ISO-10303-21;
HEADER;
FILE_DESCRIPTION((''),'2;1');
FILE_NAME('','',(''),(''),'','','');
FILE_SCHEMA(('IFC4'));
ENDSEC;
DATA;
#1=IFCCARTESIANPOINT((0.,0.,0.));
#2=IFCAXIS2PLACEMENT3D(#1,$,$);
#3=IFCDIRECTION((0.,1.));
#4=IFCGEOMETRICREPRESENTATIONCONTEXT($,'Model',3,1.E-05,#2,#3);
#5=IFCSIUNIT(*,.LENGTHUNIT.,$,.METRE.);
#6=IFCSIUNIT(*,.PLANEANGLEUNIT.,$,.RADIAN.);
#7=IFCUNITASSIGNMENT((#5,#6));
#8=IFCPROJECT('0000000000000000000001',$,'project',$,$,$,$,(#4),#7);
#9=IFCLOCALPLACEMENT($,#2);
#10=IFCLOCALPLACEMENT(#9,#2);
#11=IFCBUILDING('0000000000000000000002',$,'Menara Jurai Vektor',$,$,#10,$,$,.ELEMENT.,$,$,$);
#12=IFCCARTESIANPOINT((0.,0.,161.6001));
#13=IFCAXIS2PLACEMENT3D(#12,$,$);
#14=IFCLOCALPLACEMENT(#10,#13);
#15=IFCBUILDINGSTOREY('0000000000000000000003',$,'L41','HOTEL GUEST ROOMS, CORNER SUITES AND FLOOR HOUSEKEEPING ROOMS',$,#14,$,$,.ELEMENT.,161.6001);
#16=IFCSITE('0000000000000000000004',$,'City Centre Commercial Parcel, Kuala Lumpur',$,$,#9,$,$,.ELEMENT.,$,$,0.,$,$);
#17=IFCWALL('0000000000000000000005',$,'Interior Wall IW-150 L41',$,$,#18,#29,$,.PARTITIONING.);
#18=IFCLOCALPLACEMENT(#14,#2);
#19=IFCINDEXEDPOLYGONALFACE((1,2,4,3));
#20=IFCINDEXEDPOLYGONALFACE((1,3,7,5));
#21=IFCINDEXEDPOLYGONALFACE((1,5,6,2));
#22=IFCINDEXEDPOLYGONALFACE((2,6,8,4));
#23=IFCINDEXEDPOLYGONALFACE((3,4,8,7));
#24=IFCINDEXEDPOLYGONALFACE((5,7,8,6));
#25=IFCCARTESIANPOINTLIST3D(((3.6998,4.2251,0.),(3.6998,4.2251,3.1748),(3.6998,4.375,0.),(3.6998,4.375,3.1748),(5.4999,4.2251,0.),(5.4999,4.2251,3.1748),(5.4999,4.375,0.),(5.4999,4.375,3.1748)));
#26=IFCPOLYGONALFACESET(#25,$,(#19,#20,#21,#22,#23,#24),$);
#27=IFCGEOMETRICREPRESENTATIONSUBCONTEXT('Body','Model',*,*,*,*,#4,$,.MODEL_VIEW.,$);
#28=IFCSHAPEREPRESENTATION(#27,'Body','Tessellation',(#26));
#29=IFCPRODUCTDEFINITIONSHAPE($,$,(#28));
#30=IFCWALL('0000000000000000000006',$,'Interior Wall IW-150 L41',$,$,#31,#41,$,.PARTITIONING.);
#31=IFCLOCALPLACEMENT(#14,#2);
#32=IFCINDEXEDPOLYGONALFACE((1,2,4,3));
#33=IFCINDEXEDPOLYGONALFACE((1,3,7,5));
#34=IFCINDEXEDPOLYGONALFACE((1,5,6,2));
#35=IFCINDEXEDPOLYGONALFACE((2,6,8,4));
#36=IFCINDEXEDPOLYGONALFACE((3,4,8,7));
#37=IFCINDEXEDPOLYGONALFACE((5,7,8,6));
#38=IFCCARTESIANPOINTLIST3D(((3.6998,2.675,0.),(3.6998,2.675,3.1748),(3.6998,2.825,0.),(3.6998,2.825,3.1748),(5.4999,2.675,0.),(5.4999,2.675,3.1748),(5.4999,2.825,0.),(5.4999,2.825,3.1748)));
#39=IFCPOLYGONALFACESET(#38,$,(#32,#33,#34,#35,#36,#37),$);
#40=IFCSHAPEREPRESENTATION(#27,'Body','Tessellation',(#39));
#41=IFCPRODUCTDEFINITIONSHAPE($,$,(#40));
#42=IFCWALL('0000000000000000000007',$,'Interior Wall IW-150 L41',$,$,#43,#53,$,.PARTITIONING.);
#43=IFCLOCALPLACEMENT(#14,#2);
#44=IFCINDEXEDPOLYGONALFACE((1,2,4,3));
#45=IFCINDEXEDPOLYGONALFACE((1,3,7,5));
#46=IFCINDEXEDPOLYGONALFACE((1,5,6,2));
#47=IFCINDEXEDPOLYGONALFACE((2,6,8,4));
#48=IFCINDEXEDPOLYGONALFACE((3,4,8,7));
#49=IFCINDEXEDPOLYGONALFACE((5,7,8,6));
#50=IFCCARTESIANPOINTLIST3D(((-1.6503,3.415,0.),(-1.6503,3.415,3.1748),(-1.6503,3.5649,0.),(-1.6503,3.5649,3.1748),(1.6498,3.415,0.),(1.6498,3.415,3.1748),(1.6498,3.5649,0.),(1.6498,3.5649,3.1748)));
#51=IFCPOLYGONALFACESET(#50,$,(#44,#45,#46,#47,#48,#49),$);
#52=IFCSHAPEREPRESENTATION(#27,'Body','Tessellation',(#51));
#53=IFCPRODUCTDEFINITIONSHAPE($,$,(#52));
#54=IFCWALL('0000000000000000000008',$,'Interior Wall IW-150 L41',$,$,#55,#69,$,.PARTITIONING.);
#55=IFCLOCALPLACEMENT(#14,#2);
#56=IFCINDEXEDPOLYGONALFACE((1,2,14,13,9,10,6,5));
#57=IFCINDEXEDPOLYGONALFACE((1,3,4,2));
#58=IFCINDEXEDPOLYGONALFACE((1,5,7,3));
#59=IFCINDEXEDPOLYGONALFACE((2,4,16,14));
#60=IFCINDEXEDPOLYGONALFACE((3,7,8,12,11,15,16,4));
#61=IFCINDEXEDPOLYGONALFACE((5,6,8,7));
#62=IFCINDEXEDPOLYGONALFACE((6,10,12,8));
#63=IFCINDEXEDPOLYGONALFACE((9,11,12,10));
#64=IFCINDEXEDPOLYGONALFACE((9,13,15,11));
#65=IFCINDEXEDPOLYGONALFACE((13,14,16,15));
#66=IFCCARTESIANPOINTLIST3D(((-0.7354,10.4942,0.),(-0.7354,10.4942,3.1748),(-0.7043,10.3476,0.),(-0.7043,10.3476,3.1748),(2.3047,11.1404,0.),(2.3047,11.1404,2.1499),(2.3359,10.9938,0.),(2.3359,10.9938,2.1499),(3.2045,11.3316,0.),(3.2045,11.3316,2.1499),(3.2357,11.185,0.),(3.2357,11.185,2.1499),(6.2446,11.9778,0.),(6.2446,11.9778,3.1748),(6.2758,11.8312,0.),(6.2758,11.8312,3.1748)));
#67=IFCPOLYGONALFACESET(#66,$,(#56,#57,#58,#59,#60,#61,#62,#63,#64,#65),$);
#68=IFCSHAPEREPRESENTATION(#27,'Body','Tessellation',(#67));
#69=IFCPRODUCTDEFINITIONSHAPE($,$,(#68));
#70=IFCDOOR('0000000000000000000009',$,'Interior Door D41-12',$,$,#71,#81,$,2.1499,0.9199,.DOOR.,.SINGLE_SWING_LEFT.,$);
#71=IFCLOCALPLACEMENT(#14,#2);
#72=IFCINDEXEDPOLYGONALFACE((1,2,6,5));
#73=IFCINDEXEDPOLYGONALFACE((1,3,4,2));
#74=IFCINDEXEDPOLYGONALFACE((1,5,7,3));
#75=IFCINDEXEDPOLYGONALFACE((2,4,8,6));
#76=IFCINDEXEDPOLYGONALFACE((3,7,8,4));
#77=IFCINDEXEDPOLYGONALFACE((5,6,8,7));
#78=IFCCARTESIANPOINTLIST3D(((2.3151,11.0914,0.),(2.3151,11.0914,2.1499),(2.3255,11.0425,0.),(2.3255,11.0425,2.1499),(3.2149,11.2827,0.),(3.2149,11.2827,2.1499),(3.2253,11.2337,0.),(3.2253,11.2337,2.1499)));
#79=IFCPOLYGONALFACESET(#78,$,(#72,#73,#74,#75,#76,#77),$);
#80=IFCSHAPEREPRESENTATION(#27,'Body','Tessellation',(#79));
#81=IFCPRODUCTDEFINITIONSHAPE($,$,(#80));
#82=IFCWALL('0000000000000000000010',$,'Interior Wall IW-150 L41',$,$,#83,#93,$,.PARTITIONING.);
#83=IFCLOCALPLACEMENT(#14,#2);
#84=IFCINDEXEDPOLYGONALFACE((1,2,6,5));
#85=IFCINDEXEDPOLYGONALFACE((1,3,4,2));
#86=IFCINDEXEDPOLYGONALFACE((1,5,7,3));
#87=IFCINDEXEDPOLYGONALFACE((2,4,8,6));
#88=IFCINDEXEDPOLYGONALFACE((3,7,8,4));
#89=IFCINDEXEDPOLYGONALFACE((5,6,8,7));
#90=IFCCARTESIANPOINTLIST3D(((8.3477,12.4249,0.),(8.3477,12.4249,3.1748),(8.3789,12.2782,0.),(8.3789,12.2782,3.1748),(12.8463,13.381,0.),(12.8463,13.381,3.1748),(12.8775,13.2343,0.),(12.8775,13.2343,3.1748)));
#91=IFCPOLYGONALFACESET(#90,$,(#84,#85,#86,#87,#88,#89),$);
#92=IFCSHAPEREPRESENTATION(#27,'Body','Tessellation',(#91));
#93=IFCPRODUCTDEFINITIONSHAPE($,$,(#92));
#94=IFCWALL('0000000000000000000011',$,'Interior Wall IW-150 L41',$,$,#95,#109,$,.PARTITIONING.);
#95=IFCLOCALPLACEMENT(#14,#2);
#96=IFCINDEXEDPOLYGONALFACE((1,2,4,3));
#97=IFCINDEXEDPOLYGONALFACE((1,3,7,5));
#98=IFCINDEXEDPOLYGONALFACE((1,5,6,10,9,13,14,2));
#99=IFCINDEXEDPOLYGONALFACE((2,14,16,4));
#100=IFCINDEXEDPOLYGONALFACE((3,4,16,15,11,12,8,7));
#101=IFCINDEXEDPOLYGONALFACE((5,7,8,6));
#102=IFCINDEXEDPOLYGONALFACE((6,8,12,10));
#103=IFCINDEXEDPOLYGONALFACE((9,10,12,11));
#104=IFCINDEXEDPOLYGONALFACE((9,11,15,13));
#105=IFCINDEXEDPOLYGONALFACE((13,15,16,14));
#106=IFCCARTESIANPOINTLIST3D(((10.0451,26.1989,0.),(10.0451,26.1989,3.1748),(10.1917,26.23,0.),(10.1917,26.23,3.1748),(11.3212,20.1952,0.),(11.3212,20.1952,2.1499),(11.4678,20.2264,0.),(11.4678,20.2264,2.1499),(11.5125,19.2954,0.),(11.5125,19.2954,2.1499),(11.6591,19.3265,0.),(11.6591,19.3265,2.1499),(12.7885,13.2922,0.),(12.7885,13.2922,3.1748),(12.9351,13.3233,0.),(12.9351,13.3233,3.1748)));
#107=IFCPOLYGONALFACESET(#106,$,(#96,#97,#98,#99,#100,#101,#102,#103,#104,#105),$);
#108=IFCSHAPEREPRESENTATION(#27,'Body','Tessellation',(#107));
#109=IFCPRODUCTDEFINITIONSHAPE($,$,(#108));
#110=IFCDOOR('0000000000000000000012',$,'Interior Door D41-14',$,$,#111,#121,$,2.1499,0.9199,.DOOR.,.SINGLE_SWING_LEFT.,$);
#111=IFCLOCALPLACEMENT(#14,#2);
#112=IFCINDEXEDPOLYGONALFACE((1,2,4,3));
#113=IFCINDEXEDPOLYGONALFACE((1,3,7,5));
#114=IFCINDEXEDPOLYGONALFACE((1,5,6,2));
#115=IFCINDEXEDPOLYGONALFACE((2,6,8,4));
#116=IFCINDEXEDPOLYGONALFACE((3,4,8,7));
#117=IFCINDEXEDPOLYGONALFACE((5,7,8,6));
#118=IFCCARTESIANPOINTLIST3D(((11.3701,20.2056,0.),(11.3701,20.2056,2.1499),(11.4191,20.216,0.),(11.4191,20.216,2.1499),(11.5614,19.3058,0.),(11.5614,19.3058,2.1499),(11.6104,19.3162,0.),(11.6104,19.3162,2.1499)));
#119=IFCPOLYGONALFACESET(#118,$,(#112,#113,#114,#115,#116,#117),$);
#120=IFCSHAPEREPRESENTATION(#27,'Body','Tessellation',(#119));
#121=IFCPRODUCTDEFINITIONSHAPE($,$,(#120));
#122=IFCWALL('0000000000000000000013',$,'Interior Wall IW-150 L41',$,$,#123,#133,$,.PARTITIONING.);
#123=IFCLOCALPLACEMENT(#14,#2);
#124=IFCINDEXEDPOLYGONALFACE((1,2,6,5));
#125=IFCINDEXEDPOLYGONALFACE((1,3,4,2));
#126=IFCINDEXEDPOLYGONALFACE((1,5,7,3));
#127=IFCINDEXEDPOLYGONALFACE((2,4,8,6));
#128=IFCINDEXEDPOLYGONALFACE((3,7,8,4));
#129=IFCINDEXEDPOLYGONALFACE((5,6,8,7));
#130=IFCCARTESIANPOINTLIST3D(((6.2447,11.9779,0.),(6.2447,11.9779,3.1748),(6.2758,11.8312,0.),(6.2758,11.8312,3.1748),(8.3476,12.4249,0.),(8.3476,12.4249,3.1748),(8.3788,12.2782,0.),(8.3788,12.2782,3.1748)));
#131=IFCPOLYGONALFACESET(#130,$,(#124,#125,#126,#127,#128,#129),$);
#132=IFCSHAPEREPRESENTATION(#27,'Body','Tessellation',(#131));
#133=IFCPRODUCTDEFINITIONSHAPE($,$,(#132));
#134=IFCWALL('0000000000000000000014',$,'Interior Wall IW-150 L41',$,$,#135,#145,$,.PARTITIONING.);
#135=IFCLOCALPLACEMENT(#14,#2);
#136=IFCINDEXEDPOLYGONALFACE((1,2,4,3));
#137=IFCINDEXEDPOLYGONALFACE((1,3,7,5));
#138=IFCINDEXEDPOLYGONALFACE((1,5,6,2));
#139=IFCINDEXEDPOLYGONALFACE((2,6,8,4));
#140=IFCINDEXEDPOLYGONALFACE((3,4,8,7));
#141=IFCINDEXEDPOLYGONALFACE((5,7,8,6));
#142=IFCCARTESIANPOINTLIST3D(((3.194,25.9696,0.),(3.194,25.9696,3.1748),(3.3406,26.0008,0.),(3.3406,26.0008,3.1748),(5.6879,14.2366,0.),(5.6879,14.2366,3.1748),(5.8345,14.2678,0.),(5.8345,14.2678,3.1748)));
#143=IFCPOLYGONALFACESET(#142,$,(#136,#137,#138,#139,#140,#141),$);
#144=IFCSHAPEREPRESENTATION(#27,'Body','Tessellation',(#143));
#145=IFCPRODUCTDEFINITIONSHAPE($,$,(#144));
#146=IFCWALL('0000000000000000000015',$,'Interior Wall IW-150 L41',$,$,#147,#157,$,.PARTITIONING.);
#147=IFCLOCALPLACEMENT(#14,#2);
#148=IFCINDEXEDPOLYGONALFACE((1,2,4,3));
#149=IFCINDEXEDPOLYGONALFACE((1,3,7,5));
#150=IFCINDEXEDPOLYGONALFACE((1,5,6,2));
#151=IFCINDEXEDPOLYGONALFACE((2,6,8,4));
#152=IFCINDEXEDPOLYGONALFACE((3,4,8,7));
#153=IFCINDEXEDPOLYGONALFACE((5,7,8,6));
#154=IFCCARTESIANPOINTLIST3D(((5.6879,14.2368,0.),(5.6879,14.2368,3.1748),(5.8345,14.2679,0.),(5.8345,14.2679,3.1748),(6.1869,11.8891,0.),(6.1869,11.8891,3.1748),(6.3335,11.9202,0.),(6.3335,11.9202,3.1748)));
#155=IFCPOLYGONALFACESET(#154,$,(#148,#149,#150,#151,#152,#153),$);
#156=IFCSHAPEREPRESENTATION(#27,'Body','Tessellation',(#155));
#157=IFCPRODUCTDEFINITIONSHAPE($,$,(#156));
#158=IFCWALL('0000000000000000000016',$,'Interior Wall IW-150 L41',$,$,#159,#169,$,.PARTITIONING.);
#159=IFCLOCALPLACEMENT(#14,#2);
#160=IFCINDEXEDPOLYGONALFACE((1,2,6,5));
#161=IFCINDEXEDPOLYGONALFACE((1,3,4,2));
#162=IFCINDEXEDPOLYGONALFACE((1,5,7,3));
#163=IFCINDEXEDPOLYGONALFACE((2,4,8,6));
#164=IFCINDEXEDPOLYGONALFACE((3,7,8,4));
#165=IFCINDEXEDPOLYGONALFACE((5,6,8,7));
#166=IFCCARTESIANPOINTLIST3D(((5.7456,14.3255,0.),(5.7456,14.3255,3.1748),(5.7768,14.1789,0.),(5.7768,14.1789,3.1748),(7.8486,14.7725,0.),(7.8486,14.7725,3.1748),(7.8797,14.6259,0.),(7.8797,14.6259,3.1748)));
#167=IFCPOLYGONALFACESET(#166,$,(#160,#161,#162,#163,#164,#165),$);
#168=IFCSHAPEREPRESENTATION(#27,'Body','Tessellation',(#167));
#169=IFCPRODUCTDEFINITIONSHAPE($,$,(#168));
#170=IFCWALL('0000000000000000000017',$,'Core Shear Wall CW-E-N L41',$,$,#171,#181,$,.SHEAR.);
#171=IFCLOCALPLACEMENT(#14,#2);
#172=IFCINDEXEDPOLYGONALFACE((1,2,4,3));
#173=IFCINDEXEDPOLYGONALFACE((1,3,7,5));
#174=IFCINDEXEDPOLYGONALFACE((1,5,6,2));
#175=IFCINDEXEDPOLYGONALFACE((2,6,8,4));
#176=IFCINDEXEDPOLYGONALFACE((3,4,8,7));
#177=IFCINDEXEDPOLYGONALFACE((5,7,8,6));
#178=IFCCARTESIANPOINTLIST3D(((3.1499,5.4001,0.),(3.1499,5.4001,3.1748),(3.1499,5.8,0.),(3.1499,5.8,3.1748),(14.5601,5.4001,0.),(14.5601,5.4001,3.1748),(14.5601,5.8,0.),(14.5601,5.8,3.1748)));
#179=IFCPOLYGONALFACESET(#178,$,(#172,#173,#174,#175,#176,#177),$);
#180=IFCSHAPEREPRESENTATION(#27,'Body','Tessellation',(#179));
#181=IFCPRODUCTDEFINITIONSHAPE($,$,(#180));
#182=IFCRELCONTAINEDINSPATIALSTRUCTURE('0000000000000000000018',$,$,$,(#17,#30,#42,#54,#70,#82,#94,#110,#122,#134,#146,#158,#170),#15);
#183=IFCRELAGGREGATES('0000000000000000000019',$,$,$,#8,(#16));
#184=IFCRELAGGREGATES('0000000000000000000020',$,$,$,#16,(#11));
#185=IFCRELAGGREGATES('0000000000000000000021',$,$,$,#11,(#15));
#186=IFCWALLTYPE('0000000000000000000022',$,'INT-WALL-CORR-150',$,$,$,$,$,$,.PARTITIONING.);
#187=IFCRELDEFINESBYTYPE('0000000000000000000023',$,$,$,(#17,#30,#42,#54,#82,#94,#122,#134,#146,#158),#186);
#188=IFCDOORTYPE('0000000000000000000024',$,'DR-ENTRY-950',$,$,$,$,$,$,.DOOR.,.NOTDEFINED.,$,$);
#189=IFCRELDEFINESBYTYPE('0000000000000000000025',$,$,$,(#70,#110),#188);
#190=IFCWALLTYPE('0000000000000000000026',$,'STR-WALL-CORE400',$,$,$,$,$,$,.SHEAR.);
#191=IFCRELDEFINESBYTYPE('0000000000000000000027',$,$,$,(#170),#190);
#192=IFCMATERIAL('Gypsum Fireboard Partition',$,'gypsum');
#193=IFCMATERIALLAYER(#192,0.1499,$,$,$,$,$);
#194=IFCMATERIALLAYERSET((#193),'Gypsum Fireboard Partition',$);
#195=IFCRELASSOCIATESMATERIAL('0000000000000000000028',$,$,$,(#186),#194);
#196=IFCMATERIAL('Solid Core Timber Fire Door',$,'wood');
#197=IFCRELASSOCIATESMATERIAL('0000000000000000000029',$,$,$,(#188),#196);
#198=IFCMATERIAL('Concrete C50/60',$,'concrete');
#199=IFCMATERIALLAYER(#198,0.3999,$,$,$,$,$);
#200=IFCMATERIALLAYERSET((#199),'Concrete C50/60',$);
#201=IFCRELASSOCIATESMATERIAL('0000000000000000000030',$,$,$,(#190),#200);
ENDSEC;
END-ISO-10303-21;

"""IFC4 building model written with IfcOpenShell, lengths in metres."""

from ifc_helpers import new_model, si_unit, direction, frame, frame_2d, origin, place, context, subcontext, project, spatial, rectangle, extrude, material, layer, layer_set, type_object, element, fill, save


model = new_model("IFC4")

# Units and contexts
model_context = context("Model", 3, precision=1e-05, world=origin(), true_north=direction((0.0, 1.0)))
body_context = subcontext(model_context, "Body", "Model", "MODEL_VIEW")
ifc_project = project(units=[si_unit("LENGTHUNIT", "METRE"), si_unit("PLANEANGLEUNIT", "RADIAN")], contexts=[model_context])

# Site, building, storey
site_placement = place(None, origin())
site = spatial("IfcSite", under=ifc_project, at=site_placement, Name="City Centre Commercial Parcel, Kuala Lumpur", CompositionType="ELEMENT", RefElevation=0.0)
building_placement = place(site_placement, origin())
building = spatial("IfcBuilding", under=site, at=building_placement, Name="Menara Jurai Vektor", CompositionType="ELEMENT")
storey_placement = place(building_placement, frame((0.0, 0.0, 161.6001)))
storey = spatial("IfcBuildingStorey", under=building, at=storey_placement, Name="L41", Description="HOTEL GUEST ROOMS, CORNER SUITES AND FLOOR HOUSEKEEPING ROOMS", CompositionType="ELEMENT", Elevation=161.6001)

# Shared definitions
ifc_material_1 = material(Name="Concrete C50/60", Category="concrete")

# Walls
ifc_material_2 = material(Name="Gypsum Fireboard Partition", Category="gypsum")
ifc_layer_1 = layer(ifc_material_2, 0.1499)
ifc_layer_set_1 = layer_set([ifc_layer_1], Name="Gypsum Fireboard Partition")
wall_type_1 = type_object("IfcWallType", Name="INT-WALL-CORR-150", PredefinedType="PARTITIONING", material=ifc_layer_set_1)
for number, where, z_axis, x_axis, name in (
    (1, (3.7, 4.3, 0.0), (0.0, 0.0, 1.0), (1.0, 0.0, 0.0), "Interior Wall IW-150 L41"),
    (2, (3.7, 2.75, 0.0), (0.0, 0.0, 1.0), (1.0, 0.0, 0.0), "Interior Wall IW-150 L41"),
):
    element("IfcWall", number, at=place(storey_placement, frame(where, z_axis=z_axis, x_axis=x_axis)), inside=storey, type_object=wall_type_1, Name=name, PredefinedType="PARTITIONING", context=body_context, shape_type="SweptSolid", body=[
        extrude(rectangle(XDim=1.8, YDim=0.1499, at=frame_2d((0.8999, 0.0))), origin(), (0.0, 0.0, 1.0), 3.1748),
    ])
wall_1_placement = place(storey_placement, frame((-1.6501, 3.49, 0.0), z_axis=(0.0, 0.0, 1.0), x_axis=(1.0, 0.0, 0.0)))
element("IfcWall", 3, at=wall_1_placement, inside=storey, type_object=wall_type_1, Name="Interior Wall IW-150 L41", PredefinedType="PARTITIONING", context=body_context, shape_type="SweptSolid", body=[
    extrude(rectangle(XDim=3.3, YDim=0.1499, at=frame_2d((1.6499, 0.0))), origin(), (0.0, 0.0, 1.0), 3.1748),
])

# Wall, opening, door
wall_2_placement = place(storey_placement, frame((-0.7197, 10.4209, 0.0), z_axis=(0.0, 0.0, 1.0), x_axis=(0.978148, 0.207912, 0.0)))
wall_2 = element("IfcWall", 4, at=wall_2_placement, inside=storey, type_object=wall_type_1, Name="Interior Wall IW-150 L41", PredefinedType="PARTITIONING", context=body_context, shape_type="SweptSolid", body=[
    extrude(rectangle(XDim=7.136, YDim=0.1499, at=frame_2d((3.5679, 0.0))), origin(), (0.0, 0.0, 1.0), 3.1748),
])
opening_1_placement = place(wall_2_placement, frame((3.1079, 0.0, 0.0)))
opening_1 = element("IfcOpeningElement", 5, at=opening_1_placement, cuts=wall_2, PredefinedType="OPENING", context=body_context, shape_type="SweptSolid", body=[
    extrude(rectangle(XDim=0.9199, YDim=2.1499, at=frame_2d((0.46, 1.075))), frame((0.0, 0.085, 0.0), z_axis=(0.0, -1.0, 0.0), x_axis=(1.0, 0.0, 0.0)), (0.0, 0.0, 1.0), 0.1699),
])
ifc_material_3 = material(Name="Solid Core Timber Fire Door", Category="wood")
door_type_1 = type_object("IfcDoorType", Name="DR-ENTRY-950", OperationType="NOTDEFINED", PredefinedType="DOOR", material=ifc_material_3)
door_1_placement = place(opening_1_placement, origin())
door_1 = element("IfcDoor", 6, at=door_1_placement, inside=storey, type_object=door_type_1, Name="Interior Door D41-12", OperationType="SINGLE_SWING_LEFT", OverallHeight=2.1499, OverallWidth=0.9199, PredefinedType="DOOR", context=body_context, shape_type="SweptSolid", body=[
    extrude(rectangle(XDim=0.9199, YDim=2.1499, at=frame_2d((0.46, 1.075))), frame((0.0, 0.0249, 0.0), z_axis=(0.0, -1.0, 0.0), x_axis=(1.0, 0.0, 0.0)), (0.0, 0.0, 1.0), 0.05),
])
fill(opening_1, door_1)

# Wall
wall_3_placement = place(storey_placement, frame((8.3633, 12.3516, 0.0), z_axis=(0.0, 0.0, 1.0), x_axis=(0.978154, 0.207883, 0.0)))
element("IfcWall", 7, at=wall_3_placement, inside=storey, type_object=wall_type_1, Name="Interior Wall IW-150 L41", PredefinedType="PARTITIONING", context=body_context, shape_type="SweptSolid", body=[
    extrude(rectangle(XDim=4.5991, YDim=0.1499, at=frame_2d((2.2996, 0.0))), origin(), (0.0, 0.0, 1.0), 3.1748),
])

# Wall, opening, door
wall_4_placement = place(storey_placement, frame((12.8618, 13.3076, 0.0), z_axis=(0.0, 0.0, 1.0), x_axis=(-0.207911, 0.978148, 0.0)))
wall_4 = element("IfcWall", 8, at=wall_4_placement, inside=storey, type_object=wall_type_1, Name="Interior Wall IW-150 L41", PredefinedType="PARTITIONING", context=body_context, shape_type="SweptSolid", body=[
    extrude(rectangle(XDim=13.1951, YDim=0.1499, at=frame_2d((6.5977, 0.0))), origin(), (0.0, 0.0, 1.0), 3.1748),
])
opening_2_placement = place(wall_4_placement, frame((6.1375, 0.0, 0.0)))
opening_2 = element("IfcOpeningElement", 9, at=opening_2_placement, cuts=wall_4, PredefinedType="OPENING", context=body_context, shape_type="SweptSolid", body=[
    extrude(rectangle(XDim=0.9199, YDim=2.1499, at=frame_2d((0.46, 1.075))), frame((0.0, 0.085, 0.0), z_axis=(0.0, -1.0, 0.0), x_axis=(1.0, 0.0, 0.0)), (0.0, 0.0, 1.0), 0.1699),
])
door_2_placement = place(opening_2_placement, origin())
door_2 = element("IfcDoor", 10, at=door_2_placement, inside=storey, type_object=door_type_1, Name="Interior Door D41-14", OperationType="SINGLE_SWING_LEFT", OverallHeight=2.1499, OverallWidth=0.9199, PredefinedType="DOOR", context=body_context, shape_type="SweptSolid", body=[
    extrude(rectangle(XDim=0.9199, YDim=2.1499, at=frame_2d((0.46, 1.075))), frame((0.0, 0.0249, 0.0), z_axis=(0.0, -1.0, 0.0), x_axis=(1.0, 0.0, 0.0)), (0.0, 0.0, 1.0), 0.05),
])
fill(opening_2, door_2)

# Wall
wall_5_placement = place(storey_placement, frame((6.2603, 11.9045, 0.0), z_axis=(0.0, 0.0, 1.0), x_axis=(0.978147, 0.207916, 0.0)))
element("IfcWall", 11, at=wall_5_placement, inside=storey, type_object=wall_type_1, Name="Interior Wall IW-150 L41", PredefinedType="PARTITIONING", context=body_context, shape_type="SweptSolid", body=[
    extrude(rectangle(XDim=2.1499, YDim=0.1499, at=frame_2d((1.075, 0.0))), origin(), (0.0, 0.0, 1.0), 3.1748),
])

# Walls
wall_6_placement = place(storey_placement, frame((5.7612, 14.2522, 0.0), z_axis=(0.0, 0.0, 1.0), x_axis=(-0.207911, 0.978148, 0.0)))
element("IfcWall", 12, at=wall_6_placement, inside=storey, type_object=wall_type_1, Name="Interior Wall IW-150 L41", PredefinedType="PARTITIONING", context=body_context, shape_type="SweptSolid", body=[
    extrude(rectangle(XDim=11.9951, YDim=0.1499, at=frame_2d((5.9976, 0.0))), origin(), (0.0, 0.0, 1.0), 3.1748),
])
wall_7_placement = place(storey_placement, frame((6.2603, 11.9045, 0.0), z_axis=(0.0, 0.0, 1.0), x_axis=(-0.207917, 0.978146, 0.0)))
element("IfcWall", 13, at=wall_7_placement, inside=storey, type_object=wall_type_1, Name="Interior Wall IW-150 L41", PredefinedType="PARTITIONING", context=body_context, shape_type="SweptSolid", body=[
    extrude(rectangle(XDim=2.4001, YDim=0.1499, at=frame_2d((1.2002, 0.0))), origin(), (0.0, 0.0, 1.0), 3.1748),
])
wall_8_placement = place(storey_placement, frame((5.7612, 14.2522, 0.0), z_axis=(0.0, 0.0, 1.0), x_axis=(0.978147, 0.207916, 0.0)))
element("IfcWall", 14, at=wall_8_placement, inside=storey, type_object=wall_type_1, Name="Interior Wall IW-150 L41", PredefinedType="PARTITIONING", context=body_context, shape_type="SweptSolid", body=[
    extrude(rectangle(XDim=2.1499, YDim=0.1499, at=frame_2d((1.075, 0.0))), origin(), (0.0, 0.0, 1.0), 3.1748),
])

# Wall
ifc_layer_2 = layer(ifc_material_1, 0.3999)
ifc_layer_set_2 = layer_set([ifc_layer_2], Name="Concrete C50/60")
wall_type_2 = type_object("IfcWallType", Name="STR-WALL-CORE400", PredefinedType="SHEAR", material=ifc_layer_set_2)
wall_9_placement = place(storey_placement, frame((3.1499, 5.6001, 0.0), z_axis=(0.0, 0.0, 1.0), x_axis=(1.0, 0.0, 0.0)))
element("IfcWall", 15, at=wall_9_placement, inside=storey, type_object=wall_type_2, Name="Core Shear Wall CW-E-N L41", PredefinedType="SHEAR", context=body_context, shape_type="SweptSolid", body=[
    extrude(rectangle(XDim=11.4102, YDim=0.3999, at=frame_2d((5.7051, 0.0))), origin(), (0.0, 0.0, 1.0), 3.1748),
])

save(model, "model.ifc")
